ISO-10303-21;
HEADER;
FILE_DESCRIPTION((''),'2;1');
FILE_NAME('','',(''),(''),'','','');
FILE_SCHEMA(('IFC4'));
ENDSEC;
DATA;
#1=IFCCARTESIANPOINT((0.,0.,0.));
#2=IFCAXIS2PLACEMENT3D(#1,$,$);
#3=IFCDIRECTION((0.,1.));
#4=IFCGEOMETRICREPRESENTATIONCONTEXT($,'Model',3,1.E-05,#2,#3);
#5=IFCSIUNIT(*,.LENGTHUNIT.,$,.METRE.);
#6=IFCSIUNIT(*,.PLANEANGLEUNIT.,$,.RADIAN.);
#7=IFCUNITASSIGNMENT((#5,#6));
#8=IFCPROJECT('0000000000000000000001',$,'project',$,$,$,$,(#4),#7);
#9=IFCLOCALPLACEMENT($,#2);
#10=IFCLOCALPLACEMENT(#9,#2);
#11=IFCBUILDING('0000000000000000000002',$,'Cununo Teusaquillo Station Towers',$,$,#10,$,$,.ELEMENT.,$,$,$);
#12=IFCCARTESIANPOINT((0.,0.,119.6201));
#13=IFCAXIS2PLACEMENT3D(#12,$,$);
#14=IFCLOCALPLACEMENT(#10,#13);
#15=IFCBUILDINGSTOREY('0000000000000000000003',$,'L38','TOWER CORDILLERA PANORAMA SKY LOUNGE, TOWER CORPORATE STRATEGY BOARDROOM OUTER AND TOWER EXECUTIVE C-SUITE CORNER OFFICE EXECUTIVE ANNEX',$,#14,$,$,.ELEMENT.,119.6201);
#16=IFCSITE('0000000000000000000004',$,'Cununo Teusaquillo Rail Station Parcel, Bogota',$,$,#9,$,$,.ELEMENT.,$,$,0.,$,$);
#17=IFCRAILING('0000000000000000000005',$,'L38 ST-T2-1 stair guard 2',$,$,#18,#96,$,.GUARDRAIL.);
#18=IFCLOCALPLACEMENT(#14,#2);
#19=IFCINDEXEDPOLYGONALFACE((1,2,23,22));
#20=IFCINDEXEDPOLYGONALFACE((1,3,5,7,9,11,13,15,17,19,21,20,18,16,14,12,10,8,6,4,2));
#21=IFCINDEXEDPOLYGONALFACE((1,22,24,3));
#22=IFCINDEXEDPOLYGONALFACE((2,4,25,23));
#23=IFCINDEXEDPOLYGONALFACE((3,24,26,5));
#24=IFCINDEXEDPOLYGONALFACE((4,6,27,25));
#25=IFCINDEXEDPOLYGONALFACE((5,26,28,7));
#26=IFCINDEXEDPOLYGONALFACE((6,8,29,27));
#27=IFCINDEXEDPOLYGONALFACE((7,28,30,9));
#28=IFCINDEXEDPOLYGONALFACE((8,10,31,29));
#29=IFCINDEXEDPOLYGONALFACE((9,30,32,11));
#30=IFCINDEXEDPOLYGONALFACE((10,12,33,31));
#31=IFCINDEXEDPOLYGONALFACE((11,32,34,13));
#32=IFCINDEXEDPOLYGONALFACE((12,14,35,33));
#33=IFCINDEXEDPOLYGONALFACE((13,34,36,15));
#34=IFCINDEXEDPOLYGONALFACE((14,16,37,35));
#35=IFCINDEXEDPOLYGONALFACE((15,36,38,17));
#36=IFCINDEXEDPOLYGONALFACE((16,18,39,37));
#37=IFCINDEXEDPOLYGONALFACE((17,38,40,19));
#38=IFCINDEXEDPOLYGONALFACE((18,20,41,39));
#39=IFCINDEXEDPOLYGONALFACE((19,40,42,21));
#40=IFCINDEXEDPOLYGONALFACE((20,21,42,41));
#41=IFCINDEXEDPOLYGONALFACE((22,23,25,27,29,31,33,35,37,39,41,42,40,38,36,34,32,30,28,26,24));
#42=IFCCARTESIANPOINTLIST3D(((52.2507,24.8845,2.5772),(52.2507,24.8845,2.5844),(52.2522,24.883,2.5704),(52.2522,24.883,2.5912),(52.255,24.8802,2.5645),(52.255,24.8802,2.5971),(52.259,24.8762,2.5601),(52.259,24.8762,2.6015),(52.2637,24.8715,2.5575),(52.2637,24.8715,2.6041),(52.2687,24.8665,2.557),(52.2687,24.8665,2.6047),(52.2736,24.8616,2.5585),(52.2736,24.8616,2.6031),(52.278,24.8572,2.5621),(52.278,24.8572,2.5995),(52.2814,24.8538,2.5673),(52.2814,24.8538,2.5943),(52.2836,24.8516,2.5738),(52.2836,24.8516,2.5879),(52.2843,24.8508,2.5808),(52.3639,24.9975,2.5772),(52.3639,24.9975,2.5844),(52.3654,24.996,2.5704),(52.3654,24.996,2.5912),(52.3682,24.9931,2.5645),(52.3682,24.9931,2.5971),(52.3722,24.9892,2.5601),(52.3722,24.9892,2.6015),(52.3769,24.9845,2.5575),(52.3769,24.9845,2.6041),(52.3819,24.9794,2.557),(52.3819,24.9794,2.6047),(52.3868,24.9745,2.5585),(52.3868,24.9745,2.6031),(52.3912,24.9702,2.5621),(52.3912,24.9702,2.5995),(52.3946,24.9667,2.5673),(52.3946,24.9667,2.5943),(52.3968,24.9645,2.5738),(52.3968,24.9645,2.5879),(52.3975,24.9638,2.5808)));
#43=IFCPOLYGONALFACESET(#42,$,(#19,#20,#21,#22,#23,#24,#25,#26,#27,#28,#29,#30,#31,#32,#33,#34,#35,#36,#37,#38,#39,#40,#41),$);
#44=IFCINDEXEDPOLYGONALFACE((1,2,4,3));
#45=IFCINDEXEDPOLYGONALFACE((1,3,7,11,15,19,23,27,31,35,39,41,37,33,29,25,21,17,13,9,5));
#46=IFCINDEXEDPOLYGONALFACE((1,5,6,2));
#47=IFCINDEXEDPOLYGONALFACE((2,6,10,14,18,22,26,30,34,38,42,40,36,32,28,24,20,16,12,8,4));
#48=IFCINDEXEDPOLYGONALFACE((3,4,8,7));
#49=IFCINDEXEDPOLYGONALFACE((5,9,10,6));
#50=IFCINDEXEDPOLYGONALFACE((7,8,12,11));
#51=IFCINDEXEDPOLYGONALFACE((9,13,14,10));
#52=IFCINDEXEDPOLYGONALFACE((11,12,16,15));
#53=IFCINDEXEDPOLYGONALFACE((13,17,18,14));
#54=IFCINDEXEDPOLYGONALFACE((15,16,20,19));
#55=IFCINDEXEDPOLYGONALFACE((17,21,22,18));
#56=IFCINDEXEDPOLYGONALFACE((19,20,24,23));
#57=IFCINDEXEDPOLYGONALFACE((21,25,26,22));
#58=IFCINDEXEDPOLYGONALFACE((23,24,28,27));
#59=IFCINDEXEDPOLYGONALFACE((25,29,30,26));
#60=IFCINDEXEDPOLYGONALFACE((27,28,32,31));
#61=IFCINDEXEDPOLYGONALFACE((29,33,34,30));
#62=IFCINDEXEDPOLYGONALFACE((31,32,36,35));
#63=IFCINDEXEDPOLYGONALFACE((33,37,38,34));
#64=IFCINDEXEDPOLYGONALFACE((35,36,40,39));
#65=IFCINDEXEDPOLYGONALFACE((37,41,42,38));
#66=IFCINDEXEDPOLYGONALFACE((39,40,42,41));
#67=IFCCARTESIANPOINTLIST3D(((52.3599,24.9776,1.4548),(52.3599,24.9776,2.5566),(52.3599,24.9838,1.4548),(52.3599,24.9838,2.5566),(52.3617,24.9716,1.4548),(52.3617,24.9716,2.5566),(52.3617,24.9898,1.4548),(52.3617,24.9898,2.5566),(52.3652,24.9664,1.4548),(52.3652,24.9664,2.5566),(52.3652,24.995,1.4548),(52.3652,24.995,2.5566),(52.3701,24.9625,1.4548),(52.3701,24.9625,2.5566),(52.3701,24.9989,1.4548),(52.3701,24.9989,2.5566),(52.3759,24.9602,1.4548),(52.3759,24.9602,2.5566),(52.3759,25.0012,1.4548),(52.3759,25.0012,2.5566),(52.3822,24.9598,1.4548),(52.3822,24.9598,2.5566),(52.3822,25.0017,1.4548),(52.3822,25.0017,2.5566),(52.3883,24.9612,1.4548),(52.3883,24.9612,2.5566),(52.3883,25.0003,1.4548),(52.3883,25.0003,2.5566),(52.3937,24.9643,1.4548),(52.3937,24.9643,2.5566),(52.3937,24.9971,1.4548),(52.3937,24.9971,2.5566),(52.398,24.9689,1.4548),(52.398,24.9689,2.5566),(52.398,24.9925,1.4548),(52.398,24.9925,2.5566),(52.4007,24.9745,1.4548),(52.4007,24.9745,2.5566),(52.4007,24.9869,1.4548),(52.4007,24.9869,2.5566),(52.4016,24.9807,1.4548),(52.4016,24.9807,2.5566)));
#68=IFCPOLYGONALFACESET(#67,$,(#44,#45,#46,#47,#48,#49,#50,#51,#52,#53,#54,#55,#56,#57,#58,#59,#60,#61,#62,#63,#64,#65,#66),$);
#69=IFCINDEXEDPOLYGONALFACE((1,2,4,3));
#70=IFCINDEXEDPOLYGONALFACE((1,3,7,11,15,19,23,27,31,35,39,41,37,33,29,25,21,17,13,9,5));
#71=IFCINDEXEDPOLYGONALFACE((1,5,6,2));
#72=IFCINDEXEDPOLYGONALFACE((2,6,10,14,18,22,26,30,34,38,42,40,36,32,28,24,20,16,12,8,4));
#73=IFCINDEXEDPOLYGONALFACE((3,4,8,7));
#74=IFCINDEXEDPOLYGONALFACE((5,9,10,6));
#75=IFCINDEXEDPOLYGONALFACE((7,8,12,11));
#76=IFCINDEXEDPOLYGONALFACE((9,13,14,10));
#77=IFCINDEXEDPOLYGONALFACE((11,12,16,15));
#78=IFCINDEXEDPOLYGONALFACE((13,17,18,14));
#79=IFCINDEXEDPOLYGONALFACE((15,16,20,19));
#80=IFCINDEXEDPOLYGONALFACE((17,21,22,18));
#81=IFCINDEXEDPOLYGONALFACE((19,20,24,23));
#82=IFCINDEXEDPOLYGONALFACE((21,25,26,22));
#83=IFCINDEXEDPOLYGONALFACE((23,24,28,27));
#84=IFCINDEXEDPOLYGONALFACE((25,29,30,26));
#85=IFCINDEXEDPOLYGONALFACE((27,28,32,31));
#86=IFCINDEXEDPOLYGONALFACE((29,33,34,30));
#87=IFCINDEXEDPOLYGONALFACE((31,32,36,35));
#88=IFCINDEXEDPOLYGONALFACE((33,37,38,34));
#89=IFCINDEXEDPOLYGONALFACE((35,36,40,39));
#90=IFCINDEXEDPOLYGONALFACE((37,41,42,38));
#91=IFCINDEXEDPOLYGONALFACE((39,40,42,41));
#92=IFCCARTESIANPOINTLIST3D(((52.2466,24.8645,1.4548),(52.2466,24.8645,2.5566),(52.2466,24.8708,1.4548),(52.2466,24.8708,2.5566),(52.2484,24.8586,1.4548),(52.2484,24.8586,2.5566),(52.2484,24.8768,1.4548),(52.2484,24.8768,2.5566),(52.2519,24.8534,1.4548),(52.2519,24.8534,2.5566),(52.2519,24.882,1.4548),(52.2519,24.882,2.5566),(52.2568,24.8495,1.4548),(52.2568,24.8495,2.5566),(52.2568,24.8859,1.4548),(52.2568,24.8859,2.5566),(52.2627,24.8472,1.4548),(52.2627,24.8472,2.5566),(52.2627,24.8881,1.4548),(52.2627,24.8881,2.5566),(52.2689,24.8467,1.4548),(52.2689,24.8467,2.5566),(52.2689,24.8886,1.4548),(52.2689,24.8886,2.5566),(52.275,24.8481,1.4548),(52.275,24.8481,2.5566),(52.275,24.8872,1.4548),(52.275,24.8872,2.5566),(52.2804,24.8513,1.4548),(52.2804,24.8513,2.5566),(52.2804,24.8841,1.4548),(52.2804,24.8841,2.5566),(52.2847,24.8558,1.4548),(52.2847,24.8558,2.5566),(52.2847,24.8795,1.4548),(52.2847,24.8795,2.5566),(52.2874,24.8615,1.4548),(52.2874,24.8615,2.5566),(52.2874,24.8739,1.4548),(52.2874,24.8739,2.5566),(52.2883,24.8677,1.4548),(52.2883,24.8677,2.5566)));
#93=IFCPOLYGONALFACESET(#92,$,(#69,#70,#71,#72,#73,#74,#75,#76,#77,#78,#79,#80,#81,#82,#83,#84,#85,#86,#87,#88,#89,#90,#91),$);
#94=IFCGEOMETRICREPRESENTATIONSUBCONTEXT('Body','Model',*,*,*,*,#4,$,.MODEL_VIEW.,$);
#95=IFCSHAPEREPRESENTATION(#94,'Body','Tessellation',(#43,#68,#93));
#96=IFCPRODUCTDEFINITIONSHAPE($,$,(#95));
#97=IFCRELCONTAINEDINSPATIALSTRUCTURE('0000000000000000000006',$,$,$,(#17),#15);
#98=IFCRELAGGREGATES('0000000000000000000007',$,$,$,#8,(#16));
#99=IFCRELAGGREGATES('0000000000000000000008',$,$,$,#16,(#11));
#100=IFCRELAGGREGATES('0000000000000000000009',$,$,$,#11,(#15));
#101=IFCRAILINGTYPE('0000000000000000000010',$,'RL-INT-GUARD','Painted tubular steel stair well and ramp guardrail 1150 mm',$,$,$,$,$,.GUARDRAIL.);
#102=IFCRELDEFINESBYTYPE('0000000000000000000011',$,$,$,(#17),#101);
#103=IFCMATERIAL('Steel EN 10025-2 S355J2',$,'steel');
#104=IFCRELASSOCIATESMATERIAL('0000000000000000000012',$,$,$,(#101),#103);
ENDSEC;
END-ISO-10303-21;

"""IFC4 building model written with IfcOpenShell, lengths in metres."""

from ifc_helpers import new_model, si_unit, direction, frame, origin, origin_2d, place, context, subcontext, project, spatial, circle, extrude, material, type_object, element, save


model = new_model("IFC4")

# Units and contexts
model_context = context("Model", 3, precision=1e-05, world=origin(), true_north=direction((0.0, 1.0)))
body_context = subcontext(model_context, "Body", "Model", "MODEL_VIEW")
ifc_project = project(units=[si_unit("LENGTHUNIT", "METRE"), si_unit("PLANEANGLEUNIT", "RADIAN")], contexts=[model_context])

# Site, building, storey
site_placement = place(None, origin())
site = spatial("IfcSite", under=ifc_project, at=site_placement, Name="Cununo Teusaquillo Rail Station Parcel, Bogota", CompositionType="ELEMENT", RefElevation=0.0)
building_placement = place(site_placement, origin())
building = spatial("IfcBuilding", under=site, at=building_placement, Name="Cununo Teusaquillo Station Towers", CompositionType="ELEMENT")
storey_placement = place(building_placement, frame((0.0, 0.0, 119.6201)))
storey = spatial("IfcBuildingStorey", under=building, at=storey_placement, Name="L38", Description="TOWER CORDILLERA PANORAMA SKY LOUNGE, TOWER CORPORATE STRATEGY BOARDROOM OUTER AND TOWER EXECUTIVE C-SUITE CORNER OFFICE EXECUTIVE ANNEX", CompositionType="ELEMENT", Elevation=119.6201)

# Railing
ifc_material_1 = material(Name="Steel EN 10025-2 S355J2", Category="steel")
railing_type_1 = type_object("IfcRailingType", Name="RL-INT-GUARD", Description="Painted tubular steel stair well and ramp guardrail 1150 mm", PredefinedType="GUARDRAIL", material=ifc_material_1)
railing_1_placement = place(storey_placement, frame((52.3806, 24.9807, 1.4548)))
element("IfcRailing", 1, at=railing_1_placement, inside=storey, type_object=railing_type_1, Name="L38 ST-T2-1 stair guard 2", PredefinedType="GUARDRAIL", context=body_context, shape_type="SweptSolid", body=[
    extrude(circle(Radius=0.0239, at=origin_2d()), frame((0.0, 0.0, 1.126), z_axis=(-0.707869, -0.706344, 0.0), x_axis=(0.706344, -0.707869, 0.0)), (0.0, 0.0, 1.0), 0.1599),
    extrude(circle(Radius=0.021, at=origin_2d()), origin(), (0.0, 0.0, 1.0), 1.1018),
    extrude(circle(Radius=0.021, at=origin_2d()), frame((-0.1133, -0.113, 0.0)), (0.0, 0.0, 1.0), 1.1018),
])

save(model, "model.ifc")
